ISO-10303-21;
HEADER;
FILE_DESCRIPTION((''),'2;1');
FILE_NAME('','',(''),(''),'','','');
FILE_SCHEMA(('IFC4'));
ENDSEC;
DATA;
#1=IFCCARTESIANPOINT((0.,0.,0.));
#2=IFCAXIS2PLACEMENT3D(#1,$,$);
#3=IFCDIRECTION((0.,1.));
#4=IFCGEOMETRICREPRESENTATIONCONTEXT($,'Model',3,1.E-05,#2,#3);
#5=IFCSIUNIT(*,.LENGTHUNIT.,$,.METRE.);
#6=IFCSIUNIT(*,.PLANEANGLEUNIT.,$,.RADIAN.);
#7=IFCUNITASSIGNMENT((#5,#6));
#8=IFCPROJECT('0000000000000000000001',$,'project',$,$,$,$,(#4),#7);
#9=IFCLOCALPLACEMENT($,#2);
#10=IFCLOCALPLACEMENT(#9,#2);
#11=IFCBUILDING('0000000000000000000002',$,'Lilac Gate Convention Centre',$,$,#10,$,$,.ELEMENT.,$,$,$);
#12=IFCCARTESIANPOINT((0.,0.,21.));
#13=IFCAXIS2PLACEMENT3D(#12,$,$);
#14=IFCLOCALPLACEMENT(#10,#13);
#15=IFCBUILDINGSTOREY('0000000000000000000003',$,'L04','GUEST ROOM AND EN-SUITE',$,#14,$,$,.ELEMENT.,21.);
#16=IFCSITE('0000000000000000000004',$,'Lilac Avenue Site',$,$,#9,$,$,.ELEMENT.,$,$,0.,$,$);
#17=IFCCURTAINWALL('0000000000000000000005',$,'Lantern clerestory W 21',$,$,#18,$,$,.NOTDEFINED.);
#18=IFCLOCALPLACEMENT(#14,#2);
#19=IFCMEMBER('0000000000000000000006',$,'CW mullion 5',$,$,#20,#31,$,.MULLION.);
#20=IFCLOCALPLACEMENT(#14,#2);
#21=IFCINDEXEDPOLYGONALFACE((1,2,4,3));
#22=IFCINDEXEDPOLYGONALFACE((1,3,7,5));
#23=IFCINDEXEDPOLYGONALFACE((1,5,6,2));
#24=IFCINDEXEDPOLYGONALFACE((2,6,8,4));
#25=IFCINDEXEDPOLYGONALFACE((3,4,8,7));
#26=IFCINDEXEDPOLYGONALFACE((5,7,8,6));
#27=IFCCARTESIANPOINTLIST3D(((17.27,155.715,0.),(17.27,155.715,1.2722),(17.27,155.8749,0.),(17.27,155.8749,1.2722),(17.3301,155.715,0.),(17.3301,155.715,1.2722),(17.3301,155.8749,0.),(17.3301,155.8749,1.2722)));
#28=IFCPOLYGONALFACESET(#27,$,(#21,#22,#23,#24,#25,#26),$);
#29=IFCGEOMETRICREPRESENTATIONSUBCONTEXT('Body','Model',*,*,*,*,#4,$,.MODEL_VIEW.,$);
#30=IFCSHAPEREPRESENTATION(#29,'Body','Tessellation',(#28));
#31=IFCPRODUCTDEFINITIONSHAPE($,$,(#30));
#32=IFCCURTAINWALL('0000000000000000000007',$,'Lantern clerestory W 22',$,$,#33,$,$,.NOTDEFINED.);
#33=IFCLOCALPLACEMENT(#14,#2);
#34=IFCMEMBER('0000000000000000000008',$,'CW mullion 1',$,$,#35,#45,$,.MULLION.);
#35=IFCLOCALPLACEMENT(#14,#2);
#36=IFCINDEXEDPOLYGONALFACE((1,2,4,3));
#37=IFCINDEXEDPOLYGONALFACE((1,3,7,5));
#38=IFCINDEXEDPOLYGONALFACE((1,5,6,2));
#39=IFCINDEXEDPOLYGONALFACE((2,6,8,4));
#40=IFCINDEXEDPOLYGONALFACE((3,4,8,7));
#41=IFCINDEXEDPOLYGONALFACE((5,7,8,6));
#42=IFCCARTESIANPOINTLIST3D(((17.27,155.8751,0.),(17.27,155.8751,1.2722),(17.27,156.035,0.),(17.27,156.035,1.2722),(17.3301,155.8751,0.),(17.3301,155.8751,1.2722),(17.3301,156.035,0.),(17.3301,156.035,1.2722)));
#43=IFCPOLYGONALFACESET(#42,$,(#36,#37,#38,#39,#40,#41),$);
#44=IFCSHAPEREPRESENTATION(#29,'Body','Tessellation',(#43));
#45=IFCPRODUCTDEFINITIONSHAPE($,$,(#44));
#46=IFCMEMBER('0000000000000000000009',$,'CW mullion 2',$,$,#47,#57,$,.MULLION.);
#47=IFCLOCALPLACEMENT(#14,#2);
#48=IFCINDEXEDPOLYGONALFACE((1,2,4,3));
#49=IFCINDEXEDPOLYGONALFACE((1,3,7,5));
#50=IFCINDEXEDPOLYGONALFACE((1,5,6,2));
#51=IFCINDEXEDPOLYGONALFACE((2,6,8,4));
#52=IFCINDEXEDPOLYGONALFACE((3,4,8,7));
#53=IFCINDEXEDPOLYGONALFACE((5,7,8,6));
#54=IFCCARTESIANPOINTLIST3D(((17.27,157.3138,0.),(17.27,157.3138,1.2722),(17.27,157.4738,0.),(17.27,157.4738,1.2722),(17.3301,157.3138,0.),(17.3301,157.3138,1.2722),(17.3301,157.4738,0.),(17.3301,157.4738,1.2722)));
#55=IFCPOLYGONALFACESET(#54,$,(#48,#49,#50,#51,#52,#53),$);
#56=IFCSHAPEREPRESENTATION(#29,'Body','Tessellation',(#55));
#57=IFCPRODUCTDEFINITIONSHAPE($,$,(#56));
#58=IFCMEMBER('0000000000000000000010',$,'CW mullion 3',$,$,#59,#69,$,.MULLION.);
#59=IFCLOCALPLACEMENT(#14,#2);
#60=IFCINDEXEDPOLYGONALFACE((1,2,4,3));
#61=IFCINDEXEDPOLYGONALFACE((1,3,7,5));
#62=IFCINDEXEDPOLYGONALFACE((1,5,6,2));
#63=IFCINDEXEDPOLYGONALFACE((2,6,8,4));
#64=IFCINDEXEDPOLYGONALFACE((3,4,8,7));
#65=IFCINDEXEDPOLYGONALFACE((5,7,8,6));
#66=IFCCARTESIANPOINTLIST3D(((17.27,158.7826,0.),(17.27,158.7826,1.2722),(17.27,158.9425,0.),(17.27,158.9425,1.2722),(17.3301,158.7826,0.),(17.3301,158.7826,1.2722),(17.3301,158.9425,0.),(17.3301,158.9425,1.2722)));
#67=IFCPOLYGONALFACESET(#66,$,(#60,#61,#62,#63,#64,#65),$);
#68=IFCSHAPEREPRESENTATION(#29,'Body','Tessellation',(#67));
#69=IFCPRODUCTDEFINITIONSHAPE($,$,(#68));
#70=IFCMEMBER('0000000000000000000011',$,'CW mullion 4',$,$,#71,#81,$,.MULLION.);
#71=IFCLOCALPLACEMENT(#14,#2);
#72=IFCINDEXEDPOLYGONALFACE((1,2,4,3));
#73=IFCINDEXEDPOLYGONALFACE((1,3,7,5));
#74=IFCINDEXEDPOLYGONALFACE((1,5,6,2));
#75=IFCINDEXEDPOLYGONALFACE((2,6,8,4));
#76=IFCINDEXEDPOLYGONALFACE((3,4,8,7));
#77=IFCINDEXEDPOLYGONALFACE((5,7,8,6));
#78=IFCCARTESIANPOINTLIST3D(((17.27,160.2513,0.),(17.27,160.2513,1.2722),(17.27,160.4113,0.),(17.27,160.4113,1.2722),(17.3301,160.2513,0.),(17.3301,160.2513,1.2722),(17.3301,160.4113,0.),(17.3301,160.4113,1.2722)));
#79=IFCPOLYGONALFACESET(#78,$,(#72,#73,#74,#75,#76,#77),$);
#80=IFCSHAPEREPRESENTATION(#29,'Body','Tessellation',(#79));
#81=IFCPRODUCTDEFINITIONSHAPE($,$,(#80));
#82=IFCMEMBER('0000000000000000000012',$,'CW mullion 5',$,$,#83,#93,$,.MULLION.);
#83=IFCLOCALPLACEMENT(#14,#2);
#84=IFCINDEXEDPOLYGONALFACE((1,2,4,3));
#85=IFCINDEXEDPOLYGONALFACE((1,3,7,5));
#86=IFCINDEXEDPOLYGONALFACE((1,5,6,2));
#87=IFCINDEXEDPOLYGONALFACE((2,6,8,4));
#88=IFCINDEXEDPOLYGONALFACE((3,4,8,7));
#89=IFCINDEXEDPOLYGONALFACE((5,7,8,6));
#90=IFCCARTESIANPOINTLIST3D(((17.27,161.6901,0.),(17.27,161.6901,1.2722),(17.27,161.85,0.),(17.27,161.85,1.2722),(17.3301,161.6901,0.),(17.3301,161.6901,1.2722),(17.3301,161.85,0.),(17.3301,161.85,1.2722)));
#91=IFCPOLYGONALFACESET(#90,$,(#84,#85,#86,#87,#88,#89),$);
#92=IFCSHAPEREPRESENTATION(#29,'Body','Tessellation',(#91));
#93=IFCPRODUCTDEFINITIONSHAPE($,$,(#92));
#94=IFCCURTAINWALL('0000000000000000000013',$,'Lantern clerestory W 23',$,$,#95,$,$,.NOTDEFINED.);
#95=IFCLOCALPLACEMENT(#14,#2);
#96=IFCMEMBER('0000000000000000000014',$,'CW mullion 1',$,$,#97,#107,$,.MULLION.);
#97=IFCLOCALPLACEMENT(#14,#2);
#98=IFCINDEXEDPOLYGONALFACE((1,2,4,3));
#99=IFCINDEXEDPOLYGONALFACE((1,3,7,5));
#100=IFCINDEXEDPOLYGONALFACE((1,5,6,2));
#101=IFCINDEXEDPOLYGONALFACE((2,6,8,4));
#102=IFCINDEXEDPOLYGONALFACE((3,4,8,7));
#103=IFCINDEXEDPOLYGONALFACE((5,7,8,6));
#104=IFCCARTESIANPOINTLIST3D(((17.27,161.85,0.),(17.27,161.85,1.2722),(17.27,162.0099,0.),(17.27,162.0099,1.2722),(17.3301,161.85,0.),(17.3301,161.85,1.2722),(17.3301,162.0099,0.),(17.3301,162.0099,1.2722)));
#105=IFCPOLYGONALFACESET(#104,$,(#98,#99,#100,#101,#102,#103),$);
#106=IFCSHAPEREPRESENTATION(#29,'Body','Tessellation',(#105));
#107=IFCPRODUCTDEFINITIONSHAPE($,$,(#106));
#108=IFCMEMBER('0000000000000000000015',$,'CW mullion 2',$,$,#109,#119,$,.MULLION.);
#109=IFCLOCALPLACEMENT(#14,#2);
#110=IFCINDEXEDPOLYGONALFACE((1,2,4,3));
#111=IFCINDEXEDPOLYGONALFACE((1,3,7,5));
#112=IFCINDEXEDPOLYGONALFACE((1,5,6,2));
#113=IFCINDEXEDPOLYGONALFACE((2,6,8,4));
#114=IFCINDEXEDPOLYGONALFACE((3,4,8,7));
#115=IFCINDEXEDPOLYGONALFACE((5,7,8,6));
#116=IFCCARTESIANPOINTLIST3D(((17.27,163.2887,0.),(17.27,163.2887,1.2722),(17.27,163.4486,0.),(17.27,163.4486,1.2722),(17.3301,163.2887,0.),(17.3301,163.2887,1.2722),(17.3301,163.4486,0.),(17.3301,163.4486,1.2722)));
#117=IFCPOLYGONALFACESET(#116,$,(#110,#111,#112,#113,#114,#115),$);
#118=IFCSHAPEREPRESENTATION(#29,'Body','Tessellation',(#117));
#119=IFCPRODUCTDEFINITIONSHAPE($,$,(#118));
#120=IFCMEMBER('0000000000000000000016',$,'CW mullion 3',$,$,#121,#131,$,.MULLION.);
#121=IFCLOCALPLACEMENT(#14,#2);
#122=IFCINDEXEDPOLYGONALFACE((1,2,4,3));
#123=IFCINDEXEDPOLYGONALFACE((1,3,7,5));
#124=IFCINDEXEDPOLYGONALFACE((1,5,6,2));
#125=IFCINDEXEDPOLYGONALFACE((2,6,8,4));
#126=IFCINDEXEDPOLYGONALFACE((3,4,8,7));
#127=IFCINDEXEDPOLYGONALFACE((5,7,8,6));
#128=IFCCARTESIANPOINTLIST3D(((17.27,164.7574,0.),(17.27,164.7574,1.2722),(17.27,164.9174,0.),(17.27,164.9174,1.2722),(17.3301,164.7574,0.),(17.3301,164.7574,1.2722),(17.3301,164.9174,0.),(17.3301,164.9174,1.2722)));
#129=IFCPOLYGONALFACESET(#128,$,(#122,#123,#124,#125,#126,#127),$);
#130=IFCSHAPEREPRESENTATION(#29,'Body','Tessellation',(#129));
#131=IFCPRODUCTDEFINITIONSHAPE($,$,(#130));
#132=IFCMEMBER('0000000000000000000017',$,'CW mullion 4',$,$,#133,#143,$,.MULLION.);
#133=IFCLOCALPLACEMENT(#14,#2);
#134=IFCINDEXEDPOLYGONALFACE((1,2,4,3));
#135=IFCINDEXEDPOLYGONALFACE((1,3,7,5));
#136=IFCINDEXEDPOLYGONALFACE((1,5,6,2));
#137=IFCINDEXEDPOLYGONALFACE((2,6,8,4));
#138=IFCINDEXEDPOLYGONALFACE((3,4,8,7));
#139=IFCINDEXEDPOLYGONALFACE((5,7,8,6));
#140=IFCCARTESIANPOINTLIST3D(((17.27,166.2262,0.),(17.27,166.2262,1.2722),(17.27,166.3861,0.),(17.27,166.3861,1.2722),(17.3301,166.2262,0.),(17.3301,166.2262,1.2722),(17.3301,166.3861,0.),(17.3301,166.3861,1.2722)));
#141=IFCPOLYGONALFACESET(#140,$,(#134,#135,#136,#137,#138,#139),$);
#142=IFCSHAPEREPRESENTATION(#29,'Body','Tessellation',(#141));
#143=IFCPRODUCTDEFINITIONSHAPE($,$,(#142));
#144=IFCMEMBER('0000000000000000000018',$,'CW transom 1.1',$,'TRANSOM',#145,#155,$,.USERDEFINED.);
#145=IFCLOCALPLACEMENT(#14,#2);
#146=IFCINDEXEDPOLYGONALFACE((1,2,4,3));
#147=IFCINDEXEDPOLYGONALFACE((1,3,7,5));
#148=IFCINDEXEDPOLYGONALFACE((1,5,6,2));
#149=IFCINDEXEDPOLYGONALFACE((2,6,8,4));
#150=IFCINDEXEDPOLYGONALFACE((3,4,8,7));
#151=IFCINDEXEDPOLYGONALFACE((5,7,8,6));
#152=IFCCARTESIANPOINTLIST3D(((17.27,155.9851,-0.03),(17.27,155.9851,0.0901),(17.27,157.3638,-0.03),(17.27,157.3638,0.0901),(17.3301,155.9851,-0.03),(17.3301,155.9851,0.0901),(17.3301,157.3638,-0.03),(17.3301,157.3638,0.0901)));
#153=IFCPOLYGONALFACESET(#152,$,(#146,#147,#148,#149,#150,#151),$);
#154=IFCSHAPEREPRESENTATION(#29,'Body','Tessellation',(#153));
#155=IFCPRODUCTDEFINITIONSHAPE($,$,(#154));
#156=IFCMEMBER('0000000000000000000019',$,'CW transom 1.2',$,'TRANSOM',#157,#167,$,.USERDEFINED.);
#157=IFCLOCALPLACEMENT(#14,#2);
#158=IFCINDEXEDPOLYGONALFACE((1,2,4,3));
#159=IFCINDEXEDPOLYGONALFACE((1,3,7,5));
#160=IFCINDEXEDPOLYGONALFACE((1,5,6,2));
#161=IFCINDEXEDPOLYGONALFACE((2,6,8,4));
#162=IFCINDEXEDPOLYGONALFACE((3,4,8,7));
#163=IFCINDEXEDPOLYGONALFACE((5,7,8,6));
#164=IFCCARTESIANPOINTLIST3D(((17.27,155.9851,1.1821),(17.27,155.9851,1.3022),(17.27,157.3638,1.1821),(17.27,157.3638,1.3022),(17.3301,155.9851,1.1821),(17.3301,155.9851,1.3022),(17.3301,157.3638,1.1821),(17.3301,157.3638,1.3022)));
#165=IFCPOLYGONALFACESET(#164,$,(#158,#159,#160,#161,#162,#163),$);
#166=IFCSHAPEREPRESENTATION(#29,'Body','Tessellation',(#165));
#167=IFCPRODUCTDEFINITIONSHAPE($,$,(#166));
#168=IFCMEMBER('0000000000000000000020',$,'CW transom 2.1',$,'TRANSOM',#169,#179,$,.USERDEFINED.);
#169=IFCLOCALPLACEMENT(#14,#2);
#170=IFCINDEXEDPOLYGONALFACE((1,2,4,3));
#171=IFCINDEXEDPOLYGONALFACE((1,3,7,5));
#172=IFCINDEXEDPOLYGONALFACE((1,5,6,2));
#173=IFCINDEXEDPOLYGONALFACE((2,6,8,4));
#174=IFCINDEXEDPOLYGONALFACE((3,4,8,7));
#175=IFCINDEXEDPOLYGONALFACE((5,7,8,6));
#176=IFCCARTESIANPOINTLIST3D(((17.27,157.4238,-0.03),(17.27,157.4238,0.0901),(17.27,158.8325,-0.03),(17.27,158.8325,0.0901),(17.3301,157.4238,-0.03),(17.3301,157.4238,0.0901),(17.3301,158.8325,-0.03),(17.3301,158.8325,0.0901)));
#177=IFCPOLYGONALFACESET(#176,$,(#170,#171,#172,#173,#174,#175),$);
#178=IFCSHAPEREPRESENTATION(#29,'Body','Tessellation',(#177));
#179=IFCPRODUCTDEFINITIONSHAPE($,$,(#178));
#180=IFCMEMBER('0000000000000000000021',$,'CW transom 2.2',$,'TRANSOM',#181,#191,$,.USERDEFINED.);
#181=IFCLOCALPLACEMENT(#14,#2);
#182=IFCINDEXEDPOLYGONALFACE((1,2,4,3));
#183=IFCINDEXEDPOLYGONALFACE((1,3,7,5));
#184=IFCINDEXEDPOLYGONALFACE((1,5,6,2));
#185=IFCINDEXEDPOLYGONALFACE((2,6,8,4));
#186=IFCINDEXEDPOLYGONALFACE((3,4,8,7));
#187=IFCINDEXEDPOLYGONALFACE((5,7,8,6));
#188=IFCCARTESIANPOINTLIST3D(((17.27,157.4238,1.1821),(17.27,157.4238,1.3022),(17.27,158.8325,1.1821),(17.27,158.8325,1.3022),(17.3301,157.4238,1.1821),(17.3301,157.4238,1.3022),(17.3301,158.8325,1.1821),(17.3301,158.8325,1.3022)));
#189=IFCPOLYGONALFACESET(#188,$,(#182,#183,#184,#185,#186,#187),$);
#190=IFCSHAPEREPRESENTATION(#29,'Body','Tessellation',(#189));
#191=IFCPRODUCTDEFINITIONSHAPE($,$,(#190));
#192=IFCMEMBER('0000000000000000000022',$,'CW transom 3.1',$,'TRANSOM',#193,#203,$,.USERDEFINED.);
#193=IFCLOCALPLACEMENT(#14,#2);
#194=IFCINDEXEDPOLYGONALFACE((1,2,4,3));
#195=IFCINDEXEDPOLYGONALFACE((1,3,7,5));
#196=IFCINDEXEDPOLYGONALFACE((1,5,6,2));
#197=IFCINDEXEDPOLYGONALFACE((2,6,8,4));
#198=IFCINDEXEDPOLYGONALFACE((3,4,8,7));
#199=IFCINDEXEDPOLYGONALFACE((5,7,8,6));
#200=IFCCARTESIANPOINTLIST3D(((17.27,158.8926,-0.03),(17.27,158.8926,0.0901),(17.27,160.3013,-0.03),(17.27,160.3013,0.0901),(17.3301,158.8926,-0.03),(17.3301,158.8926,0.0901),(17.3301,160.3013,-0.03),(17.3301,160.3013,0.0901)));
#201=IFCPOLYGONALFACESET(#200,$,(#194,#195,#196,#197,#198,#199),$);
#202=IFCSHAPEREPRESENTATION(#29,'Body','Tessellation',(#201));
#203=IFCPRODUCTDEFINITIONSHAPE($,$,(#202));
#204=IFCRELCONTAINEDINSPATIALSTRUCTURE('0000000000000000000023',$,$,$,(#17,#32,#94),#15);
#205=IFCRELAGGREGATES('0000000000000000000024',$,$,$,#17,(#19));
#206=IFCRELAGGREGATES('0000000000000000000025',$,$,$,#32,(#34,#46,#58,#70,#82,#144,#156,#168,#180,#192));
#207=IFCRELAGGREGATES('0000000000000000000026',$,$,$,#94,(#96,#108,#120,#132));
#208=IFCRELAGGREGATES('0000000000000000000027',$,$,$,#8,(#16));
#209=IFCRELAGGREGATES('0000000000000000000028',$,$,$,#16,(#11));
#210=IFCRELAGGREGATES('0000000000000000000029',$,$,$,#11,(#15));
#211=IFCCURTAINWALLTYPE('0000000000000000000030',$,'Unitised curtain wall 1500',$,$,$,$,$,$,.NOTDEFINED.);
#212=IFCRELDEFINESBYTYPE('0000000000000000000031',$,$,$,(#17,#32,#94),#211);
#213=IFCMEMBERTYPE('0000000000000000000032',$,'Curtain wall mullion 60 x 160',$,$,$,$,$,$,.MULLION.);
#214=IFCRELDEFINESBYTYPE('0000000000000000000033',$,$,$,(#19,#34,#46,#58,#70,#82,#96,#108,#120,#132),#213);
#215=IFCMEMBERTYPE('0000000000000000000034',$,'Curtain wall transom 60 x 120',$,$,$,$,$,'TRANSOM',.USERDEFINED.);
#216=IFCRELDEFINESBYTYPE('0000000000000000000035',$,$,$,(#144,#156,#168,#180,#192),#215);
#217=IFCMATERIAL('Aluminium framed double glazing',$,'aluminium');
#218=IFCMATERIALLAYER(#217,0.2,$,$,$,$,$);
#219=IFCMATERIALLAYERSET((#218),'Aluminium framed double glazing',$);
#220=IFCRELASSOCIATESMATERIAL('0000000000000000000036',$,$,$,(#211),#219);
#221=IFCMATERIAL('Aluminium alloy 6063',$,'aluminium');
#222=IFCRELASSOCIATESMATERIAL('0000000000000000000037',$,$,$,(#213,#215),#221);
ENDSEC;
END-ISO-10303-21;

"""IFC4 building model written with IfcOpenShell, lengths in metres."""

from ifc_helpers import new_model, si_unit, direction, frame, origin, origin_2d, place, context, subcontext, project, spatial, rectangle, extrude, material, layer, layer_set, material_profile, profile_set, type_object, element, aggregate, save


model = new_model("IFC4")

# Units and contexts
model_context = context("Model", 3, precision=1e-05, world=origin(), true_north=direction((0.0, 1.0)))
body_context = subcontext(model_context, "Body", "Model", "MODEL_VIEW")
ifc_project = project(units=[si_unit("LENGTHUNIT", "METRE"), si_unit("PLANEANGLEUNIT", "RADIAN")], contexts=[model_context])

# Site, building, storey
site_placement = place(None, origin())
site = spatial("IfcSite", under=ifc_project, at=site_placement, Name="Lilac Avenue Site", CompositionType="ELEMENT", RefElevation=0.0)
building_placement = place(site_placement, origin())
building = spatial("IfcBuilding", under=site, at=building_placement, Name="Lilac Gate Convention Centre", CompositionType="ELEMENT")
storey_placement = place(building_placement, frame((0.0, 0.0, 21.0)))
storey = spatial("IfcBuildingStorey", under=building, at=storey_placement, Name="L04", Description="GUEST ROOM AND EN-SUITE", CompositionType="ELEMENT", Elevation=21.0)

# Curtain wall, member
ifc_material_1 = material(Name="Aluminium framed double glazing", Category="aluminium")
ifc_layer_1 = layer(ifc_material_1, 0.2)
ifc_layer_set_1 = layer_set([ifc_layer_1], Name="Aluminium framed double glazing")
curtain_wall_type = type_object("IfcCurtainWallType", Name="Unitised curtain wall 1500", PredefinedType="NOTDEFINED", material=ifc_layer_set_1)
curtain_wall_1_placement = place(storey_placement, origin())
curtain_wall_1 = element("IfcCurtainWall", 1, at=curtain_wall_1_placement, inside=storey, type_object=curtain_wall_type, Name="Lantern clerestory W 21", PredefinedType="NOTDEFINED")
ifc_material_2 = material(Name="Aluminium alloy 6063", Category="aluminium")
ifc_material_profile_1 = material_profile(ifc_material_2, rectangle(XDim=0.0601, YDim=0.1599, at=origin_2d()), Name="Curtain wall mullion 60 x 160")
ifc_profile_set_1 = profile_set([ifc_material_profile_1], Name="Aluminium alloy 6063")
member_type_1 = type_object("IfcMemberType", Name="Curtain wall mullion 60 x 160", PredefinedType="MULLION", material=ifc_profile_set_1)
member_1_placement = place(storey_placement, frame((17.3, 155.7949, 0.0), z_axis=(0.0, 0.0, 1.0), x_axis=(-1.0, 0.0, 0.0)))
member_1 = element("IfcMember", 2, at=member_1_placement, type_object=member_type_1, Name="CW mullion 5", PredefinedType="MULLION", context=body_context, shape_type="SweptSolid", body=[
    extrude(rectangle(XDim=0.0601, YDim=0.1599, at=origin_2d()), origin(), (0.0, 0.0, 1.0), 1.2722),
])
aggregate(curtain_wall_1, [member_1])

# Curtain walls, members
curtain_wall_2_placement = place(storey_placement, origin())
curtain_wall_2 = element("IfcCurtainWall", 3, at=curtain_wall_2_placement, inside=storey, type_object=curtain_wall_type, Name="Lantern clerestory W 22", PredefinedType="NOTDEFINED")
member_2_placement = place(storey_placement, frame((17.3, 155.9551, 0.0), z_axis=(0.0, 0.0, 1.0), x_axis=(-1.0, 0.0, 0.0)))
member_2 = element("IfcMember", 4, at=member_2_placement, type_object=member_type_1, Name="CW mullion 1", PredefinedType="MULLION", context=body_context, shape_type="SweptSolid", body=[
    extrude(rectangle(XDim=0.0601, YDim=0.1599, at=origin_2d()), origin(), (0.0, 0.0, 1.0), 1.2722),
])
member_3_placement = place(storey_placement, frame((17.3, 157.3938, 0.0), z_axis=(0.0, 0.0, 1.0), x_axis=(-1.0, 0.0, 0.0)))
member_3 = element("IfcMember", 5, at=member_3_placement, type_object=member_type_1, Name="CW mullion 2", PredefinedType="MULLION", context=body_context, shape_type="SweptSolid", body=[
    extrude(rectangle(XDim=0.0601, YDim=0.1599, at=origin_2d()), origin(), (0.0, 0.0, 1.0), 1.2722),
])
member_4_placement = place(storey_placement, frame((17.3, 158.8625, 0.0), z_axis=(0.0, 0.0, 1.0), x_axis=(-1.0, 0.0, 0.0)))
member_4 = element("IfcMember", 6, at=member_4_placement, type_object=member_type_1, Name="CW mullion 3", PredefinedType="MULLION", context=body_context, shape_type="SweptSolid", body=[
    extrude(rectangle(XDim=0.0601, YDim=0.1599, at=origin_2d()), origin(), (0.0, 0.0, 1.0), 1.2722),
])
member_5_placement = place(storey_placement, frame((17.3, 160.3313, 0.0), z_axis=(0.0, 0.0, 1.0), x_axis=(-1.0, 0.0, 0.0)))
member_5 = element("IfcMember", 7, at=member_5_placement, type_object=member_type_1, Name="CW mullion 4", PredefinedType="MULLION", context=body_context, shape_type="SweptSolid", body=[
    extrude(rectangle(XDim=0.0601, YDim=0.1599, at=origin_2d()), origin(), (0.0, 0.0, 1.0), 1.2722),
])
member_6_placement = place(storey_placement, frame((17.3, 161.77, 0.0), z_axis=(0.0, 0.0, 1.0), x_axis=(-1.0, 0.0, 0.0)))
member_6 = element("IfcMember", 8, at=member_6_placement, type_object=member_type_1, Name="CW mullion 5", PredefinedType="MULLION", context=body_context, shape_type="SweptSolid", body=[
    extrude(rectangle(XDim=0.0601, YDim=0.1599, at=origin_2d()), origin(), (0.0, 0.0, 1.0), 1.2722),
])
curtain_wall_3_placement = place(storey_placement, origin())
curtain_wall_3 = element("IfcCurtainWall", 9, at=curtain_wall_3_placement, inside=storey, type_object=curtain_wall_type, Name="Lantern clerestory W 23", PredefinedType="NOTDEFINED")
member_7_placement = place(storey_placement, frame((17.3, 161.9299, 0.0), z_axis=(0.0, 0.0, 1.0), x_axis=(-1.0, 0.0, 0.0)))
member_7 = element("IfcMember", 10, at=member_7_placement, type_object=member_type_1, Name="CW mullion 1", PredefinedType="MULLION", context=body_context, shape_type="SweptSolid", body=[
    extrude(rectangle(XDim=0.0601, YDim=0.1599, at=origin_2d()), origin(), (0.0, 0.0, 1.0), 1.2722),
])
member_8_placement = place(storey_placement, frame((17.3, 163.3687, 0.0), z_axis=(0.0, 0.0, 1.0), x_axis=(-1.0, 0.0, 0.0)))
member_8 = element("IfcMember", 11, at=member_8_placement, type_object=member_type_1, Name="CW mullion 2", PredefinedType="MULLION", context=body_context, shape_type="SweptSolid", body=[
    extrude(rectangle(XDim=0.0601, YDim=0.1599, at=origin_2d()), origin(), (0.0, 0.0, 1.0), 1.2722),
])
member_9_placement = place(storey_placement, frame((17.3, 164.8374, 0.0), z_axis=(0.0, 0.0, 1.0), x_axis=(-1.0, 0.0, 0.0)))
member_9 = element("IfcMember", 12, at=member_9_placement, type_object=member_type_1, Name="CW mullion 3", PredefinedType="MULLION", context=body_context, shape_type="SweptSolid", body=[
    extrude(rectangle(XDim=0.0601, YDim=0.1599, at=origin_2d()), origin(), (0.0, 0.0, 1.0), 1.2722),
])
member_10_placement = place(storey_placement, frame((17.3, 166.3062, 0.0), z_axis=(0.0, 0.0, 1.0), x_axis=(-1.0, 0.0, 0.0)))
member_10 = element("IfcMember", 13, at=member_10_placement, type_object=member_type_1, Name="CW mullion 4", PredefinedType="MULLION", context=body_context, shape_type="SweptSolid", body=[
    extrude(rectangle(XDim=0.0601, YDim=0.1599, at=origin_2d()), origin(), (0.0, 0.0, 1.0), 1.2722),
])

# Members
ifc_material_profile_2 = material_profile(ifc_material_2, rectangle(XDim=0.0601, YDim=0.1201, at=origin_2d()), Name="Curtain wall transom 60 x 120")
ifc_profile_set_2 = profile_set([ifc_material_profile_2], Name="Aluminium alloy 6063")
member_type_2 = type_object("IfcMemberType", Name="Curtain wall transom 60 x 120", ElementType="TRANSOM", PredefinedType="USERDEFINED", material=ifc_profile_set_2)
member_11_placement = place(storey_placement, frame((17.3, 155.9851, 0.03), z_axis=(0.0, 1.0, 0.0), x_axis=(-1.0, 0.0, 0.0)))
member_11 = element("IfcMember", 14, at=member_11_placement, type_object=member_type_2, Name="CW transom 1.1", ObjectType="TRANSOM", PredefinedType="USERDEFINED", context=body_context, shape_type="SweptSolid", body=[
    extrude(rectangle(XDim=0.0601, YDim=0.1201, at=origin_2d()), origin(), (0.0, 0.0, 1.0), 1.3787),
])
member_12_placement = place(storey_placement, frame((17.3, 155.9851, 1.2422), z_axis=(0.0, 1.0, 0.0), x_axis=(-1.0, 0.0, 0.0)))
member_12 = element("IfcMember", 15, at=member_12_placement, type_object=member_type_2, Name="CW transom 1.2", ObjectType="TRANSOM", PredefinedType="USERDEFINED", context=body_context, shape_type="SweptSolid", body=[
    extrude(rectangle(XDim=0.0601, YDim=0.1201, at=origin_2d()), origin(), (0.0, 0.0, 1.0), 1.3787),
])
member_13_placement = place(storey_placement, frame((17.3, 157.4238, 0.03), z_axis=(0.0, 1.0, 0.0), x_axis=(-1.0, 0.0, 0.0)))
member_13 = element("IfcMember", 16, at=member_13_placement, type_object=member_type_2, Name="CW transom 2.1", ObjectType="TRANSOM", PredefinedType="USERDEFINED", context=body_context, shape_type="SweptSolid", body=[
    extrude(rectangle(XDim=0.0601, YDim=0.1201, at=origin_2d()), origin(), (0.0, 0.0, 1.0), 1.4087),
])
member_14_placement = place(storey_placement, frame((17.3, 157.4238, 1.2422), z_axis=(0.0, 1.0, 0.0), x_axis=(-1.0, 0.0, 0.0)))
member_14 = element("IfcMember", 17, at=member_14_placement, type_object=member_type_2, Name="CW transom 2.2", ObjectType="TRANSOM", PredefinedType="USERDEFINED", context=body_context, shape_type="SweptSolid", body=[
    extrude(rectangle(XDim=0.0601, YDim=0.1201, at=origin_2d()), origin(), (0.0, 0.0, 1.0), 1.4087),
])
member_15_placement = place(storey_placement, frame((17.3, 158.8926, 0.03), z_axis=(0.0, 1.0, 0.0), x_axis=(-1.0, 0.0, 0.0)))
member_15 = element("IfcMember", 18, at=member_15_placement, type_object=member_type_2, Name="CW transom 3.1", ObjectType="TRANSOM", PredefinedType="USERDEFINED", context=body_context, shape_type="SweptSolid", body=[
    extrude(rectangle(XDim=0.0601, YDim=0.1201, at=origin_2d()), origin(), (0.0, 0.0, 1.0), 1.4087),
])

aggregate(curtain_wall_2, [member_2, member_3, member_4, member_5, member_6, member_11, member_12, member_13, member_14, member_15])
aggregate(curtain_wall_3, [member_7, member_8, member_9, member_10])

save(model, "model.ifc")
